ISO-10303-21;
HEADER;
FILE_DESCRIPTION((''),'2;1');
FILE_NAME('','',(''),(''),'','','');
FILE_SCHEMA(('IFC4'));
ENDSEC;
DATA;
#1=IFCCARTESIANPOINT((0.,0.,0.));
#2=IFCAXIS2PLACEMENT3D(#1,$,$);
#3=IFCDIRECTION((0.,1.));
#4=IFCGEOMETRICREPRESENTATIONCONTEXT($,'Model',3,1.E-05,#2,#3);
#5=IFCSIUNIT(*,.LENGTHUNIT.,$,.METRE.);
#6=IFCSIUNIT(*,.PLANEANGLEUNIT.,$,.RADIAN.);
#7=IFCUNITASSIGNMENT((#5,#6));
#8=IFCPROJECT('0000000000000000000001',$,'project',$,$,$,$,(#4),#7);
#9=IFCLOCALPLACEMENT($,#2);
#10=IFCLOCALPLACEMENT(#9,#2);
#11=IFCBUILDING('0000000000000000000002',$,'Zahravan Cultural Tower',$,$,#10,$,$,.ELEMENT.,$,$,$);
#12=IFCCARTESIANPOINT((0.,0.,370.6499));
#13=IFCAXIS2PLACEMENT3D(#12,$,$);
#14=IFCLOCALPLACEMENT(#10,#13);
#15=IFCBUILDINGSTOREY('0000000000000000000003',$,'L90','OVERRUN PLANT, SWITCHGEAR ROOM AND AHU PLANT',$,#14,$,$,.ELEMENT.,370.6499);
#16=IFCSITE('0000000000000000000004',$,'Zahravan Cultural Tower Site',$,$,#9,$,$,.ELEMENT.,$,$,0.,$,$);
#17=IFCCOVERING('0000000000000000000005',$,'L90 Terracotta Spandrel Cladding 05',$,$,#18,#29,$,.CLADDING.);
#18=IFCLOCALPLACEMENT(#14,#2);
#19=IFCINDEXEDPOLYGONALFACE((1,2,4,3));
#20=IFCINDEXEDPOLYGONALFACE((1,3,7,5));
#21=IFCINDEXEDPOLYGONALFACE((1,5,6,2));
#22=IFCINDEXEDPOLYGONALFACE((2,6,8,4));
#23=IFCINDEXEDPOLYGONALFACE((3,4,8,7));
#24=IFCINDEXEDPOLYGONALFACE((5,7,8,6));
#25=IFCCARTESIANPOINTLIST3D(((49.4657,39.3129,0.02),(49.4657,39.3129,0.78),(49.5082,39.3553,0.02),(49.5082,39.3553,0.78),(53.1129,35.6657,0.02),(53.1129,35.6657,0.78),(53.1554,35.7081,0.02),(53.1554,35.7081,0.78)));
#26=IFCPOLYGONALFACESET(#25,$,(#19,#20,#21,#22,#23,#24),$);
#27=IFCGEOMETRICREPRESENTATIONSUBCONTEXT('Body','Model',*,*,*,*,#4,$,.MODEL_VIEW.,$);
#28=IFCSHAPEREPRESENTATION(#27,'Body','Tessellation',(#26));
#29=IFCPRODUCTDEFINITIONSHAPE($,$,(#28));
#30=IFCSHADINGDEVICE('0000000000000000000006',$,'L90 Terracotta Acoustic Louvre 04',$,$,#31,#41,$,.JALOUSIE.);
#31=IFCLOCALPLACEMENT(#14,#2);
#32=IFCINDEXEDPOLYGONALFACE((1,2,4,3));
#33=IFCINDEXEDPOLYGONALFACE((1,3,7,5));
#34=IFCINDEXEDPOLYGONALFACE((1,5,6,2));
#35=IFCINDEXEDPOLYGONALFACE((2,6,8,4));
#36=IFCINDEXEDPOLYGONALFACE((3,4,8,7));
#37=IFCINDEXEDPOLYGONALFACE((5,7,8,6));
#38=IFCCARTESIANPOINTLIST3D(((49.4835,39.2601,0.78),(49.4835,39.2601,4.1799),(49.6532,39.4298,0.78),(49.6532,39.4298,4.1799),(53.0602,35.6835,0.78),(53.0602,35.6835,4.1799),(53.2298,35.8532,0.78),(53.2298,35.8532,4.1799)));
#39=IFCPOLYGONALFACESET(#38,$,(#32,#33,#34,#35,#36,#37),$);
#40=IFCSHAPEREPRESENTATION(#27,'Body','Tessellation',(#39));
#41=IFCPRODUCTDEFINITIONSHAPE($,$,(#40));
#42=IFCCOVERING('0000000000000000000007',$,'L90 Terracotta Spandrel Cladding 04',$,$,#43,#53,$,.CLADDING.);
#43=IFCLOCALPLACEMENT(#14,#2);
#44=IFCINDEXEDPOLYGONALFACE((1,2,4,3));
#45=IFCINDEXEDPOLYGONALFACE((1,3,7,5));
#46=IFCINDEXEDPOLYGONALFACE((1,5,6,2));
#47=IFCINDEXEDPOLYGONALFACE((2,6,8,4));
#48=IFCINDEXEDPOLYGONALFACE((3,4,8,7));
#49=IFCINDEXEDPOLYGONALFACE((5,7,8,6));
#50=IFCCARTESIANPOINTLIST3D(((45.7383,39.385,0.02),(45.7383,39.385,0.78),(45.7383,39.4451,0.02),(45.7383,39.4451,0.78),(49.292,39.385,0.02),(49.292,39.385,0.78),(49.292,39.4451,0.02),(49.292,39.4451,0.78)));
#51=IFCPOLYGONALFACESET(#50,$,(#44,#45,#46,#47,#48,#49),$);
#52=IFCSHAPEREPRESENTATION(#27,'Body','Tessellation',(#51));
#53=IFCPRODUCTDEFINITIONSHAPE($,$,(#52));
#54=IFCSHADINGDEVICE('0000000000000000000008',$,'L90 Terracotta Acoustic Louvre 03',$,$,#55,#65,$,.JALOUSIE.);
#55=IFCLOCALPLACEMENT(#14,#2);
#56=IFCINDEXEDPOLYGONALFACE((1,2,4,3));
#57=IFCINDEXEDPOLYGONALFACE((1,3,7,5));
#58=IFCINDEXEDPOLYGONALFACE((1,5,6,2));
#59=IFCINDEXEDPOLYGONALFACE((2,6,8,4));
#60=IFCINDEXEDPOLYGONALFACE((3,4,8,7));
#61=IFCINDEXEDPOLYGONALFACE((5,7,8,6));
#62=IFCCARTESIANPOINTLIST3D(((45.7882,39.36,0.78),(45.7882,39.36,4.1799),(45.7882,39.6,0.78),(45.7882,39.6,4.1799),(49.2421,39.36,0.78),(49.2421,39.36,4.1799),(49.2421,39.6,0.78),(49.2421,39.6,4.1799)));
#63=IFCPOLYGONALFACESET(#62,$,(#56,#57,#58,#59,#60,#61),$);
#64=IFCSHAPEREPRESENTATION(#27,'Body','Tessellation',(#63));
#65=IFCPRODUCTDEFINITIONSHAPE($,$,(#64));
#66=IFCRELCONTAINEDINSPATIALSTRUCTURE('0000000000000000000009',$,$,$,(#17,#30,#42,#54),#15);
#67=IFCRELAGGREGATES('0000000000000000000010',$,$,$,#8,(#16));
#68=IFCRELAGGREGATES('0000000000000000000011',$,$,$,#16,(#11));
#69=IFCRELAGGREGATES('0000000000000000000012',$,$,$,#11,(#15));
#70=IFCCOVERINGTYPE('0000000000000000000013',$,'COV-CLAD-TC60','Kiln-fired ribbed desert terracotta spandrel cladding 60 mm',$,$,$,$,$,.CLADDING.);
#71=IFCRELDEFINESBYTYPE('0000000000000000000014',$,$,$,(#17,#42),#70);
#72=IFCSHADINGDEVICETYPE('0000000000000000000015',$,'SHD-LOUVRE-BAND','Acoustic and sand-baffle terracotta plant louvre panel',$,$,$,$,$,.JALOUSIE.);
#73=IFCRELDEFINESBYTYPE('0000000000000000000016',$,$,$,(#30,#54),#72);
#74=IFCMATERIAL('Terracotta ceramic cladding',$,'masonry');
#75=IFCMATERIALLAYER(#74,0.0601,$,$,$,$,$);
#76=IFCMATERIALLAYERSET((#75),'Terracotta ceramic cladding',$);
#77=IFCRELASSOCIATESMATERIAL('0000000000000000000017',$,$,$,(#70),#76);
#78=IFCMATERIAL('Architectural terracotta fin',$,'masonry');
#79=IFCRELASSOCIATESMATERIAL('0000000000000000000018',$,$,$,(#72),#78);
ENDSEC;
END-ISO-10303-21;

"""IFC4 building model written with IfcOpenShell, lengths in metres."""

from ifc_helpers import new_model, si_unit, direction, frame, origin, origin_2d, place, context, subcontext, project, spatial, rectangle, extrude, source, transform, mapped, material, layer, layer_set, type_object, element, save


model = new_model("IFC4")

# Units and contexts
model_context = context("Model", 3, precision=1e-05, world=origin(), true_north=direction((0.0, 1.0)))
body_context = subcontext(model_context, "Body", "Model", "MODEL_VIEW")
ifc_project = project(units=[si_unit("LENGTHUNIT", "METRE"), si_unit("PLANEANGLEUNIT", "RADIAN")], contexts=[model_context])

# Site, building, storey
site_placement = place(None, origin())
site = spatial("IfcSite", under=ifc_project, at=site_placement, Name="Zahravan Cultural Tower Site", CompositionType="ELEMENT", RefElevation=0.0)
building_placement = place(site_placement, origin())
building = spatial("IfcBuilding", under=site, at=building_placement, Name="Zahravan Cultural Tower", CompositionType="ELEMENT")
storey_placement = place(building_placement, frame((0.0, 0.0, 370.6499)))
storey = spatial("IfcBuildingStorey", under=building, at=storey_placement, Name="L90", Description="OVERRUN PLANT, SWITCHGEAR ROOM AND AHU PLANT", CompositionType="ELEMENT", Elevation=370.6499)

# Covering
ifc_material_1 = material(Name="Terracotta ceramic cladding", Category="masonry")
ifc_layer_1 = layer(ifc_material_1, 0.0601)
ifc_layer_set_1 = layer_set([ifc_layer_1], Name="Terracotta ceramic cladding")
covering_type = type_object("IfcCoveringType", Name="COV-CLAD-TC60", Description="Kiln-fired ribbed desert terracotta spandrel cladding 60 mm", PredefinedType="CLADDING", material=ifc_layer_set_1)
shared_shape_1 = source(origin(), body_context, "Body", "SweptSolid", [
    extrude(rectangle(XDim=5.158, YDim=0.0601, at=origin_2d()), origin(), (0.0, 0.0, 1.0), 0.76),
])
covering_1_placement = place(storey_placement, frame((51.3105, 37.5105, 0.02), z_axis=(0.0, 0.0, 1.0), x_axis=(0.707107, -0.707107, 0.0)))
element("IfcCovering", 1, at=covering_1_placement, inside=storey, type_object=covering_type, Name="L90 Terracotta Spandrel Cladding 05", PredefinedType="CLADDING", context=body_context, shape_type="MappedRepresentation", body=[
    mapped(shared_shape_1, transform((0.0, 0.0, 0.0), x_axis=(1.0, 0.0, 0.0), y_axis=(0.0, 1.0, 0.0), z_axis=(0.0, 0.0, 1.0), scale=1.0)),
])

# Shading device
ifc_material_2 = material(Name="Architectural terracotta fin", Category="masonry")
shading_device_type = type_object("IfcShadingDeviceType", Name="SHD-LOUVRE-BAND", Description="Acoustic and sand-baffle terracotta plant louvre panel", PredefinedType="JALOUSIE", material=ifc_material_2)
shared_shape_2 = source(origin(), body_context, "Body", "SweptSolid", [
    extrude(rectangle(XDim=5.0581, YDim=0.24, at=origin_2d()), origin(), (0.0, 0.0, 1.0), 3.3999),
])
shading_device_1_placement = place(storey_placement, frame((51.3567, 37.5566, 0.78), z_axis=(0.0, 0.0, 1.0), x_axis=(0.707107, -0.707107, 0.0)))
element("IfcShadingDevice", 2, at=shading_device_1_placement, inside=storey, type_object=shading_device_type, Name="L90 Terracotta Acoustic Louvre 04", PredefinedType="JALOUSIE", context=body_context, shape_type="MappedRepresentation", body=[
    mapped(shared_shape_2, transform((0.0, 0.0, 0.0), x_axis=(1.0, 0.0, 0.0), y_axis=(0.0, 1.0, 0.0), z_axis=(0.0, 0.0, 1.0), scale=1.0)),
])

# Covering
shared_shape_3 = source(origin(), body_context, "Body", "SweptSolid", [
    extrude(rectangle(XDim=3.5537, YDim=0.0601, at=origin_2d()), origin(), (0.0, 0.0, 1.0), 0.76),
])
covering_2_placement = place(storey_placement, frame((47.5151, 39.415, 0.02), z_axis=(0.0, 0.0, 1.0), x_axis=(1.0, 0.0, 0.0)))
element("IfcCovering", 3, at=covering_2_placement, inside=storey, type_object=covering_type, Name="L90 Terracotta Spandrel Cladding 04", PredefinedType="CLADDING", context=body_context, shape_type="MappedRepresentation", body=[
    mapped(shared_shape_3, transform((0.0, 0.0, 0.0), x_axis=(1.0, 0.0, 0.0), y_axis=(0.0, 1.0, 0.0), z_axis=(0.0, 0.0, 1.0), scale=1.0)),
])

# Shading device
shared_shape_4 = source(origin(), body_context, "Body", "SweptSolid", [
    extrude(rectangle(XDim=3.4539, YDim=0.24, at=origin_2d()), origin(), (0.0, 0.0, 1.0), 3.3999),
])
shading_device_2_placement = place(storey_placement, frame((47.5151, 39.48, 0.78), z_axis=(0.0, 0.0, 1.0), x_axis=(1.0, 0.0, 0.0)))
element("IfcShadingDevice", 4, at=shading_device_2_placement, inside=storey, type_object=shading_device_type, Name="L90 Terracotta Acoustic Louvre 03", PredefinedType="JALOUSIE", context=body_context, shape_type="MappedRepresentation", body=[
    mapped(shared_shape_4, transform((0.0, 0.0, 0.0), x_axis=(1.0, 0.0, 0.0), y_axis=(0.0, 1.0, 0.0), z_axis=(0.0, 0.0, 1.0), scale=1.0)),
])

save(model, "model.ifc")
